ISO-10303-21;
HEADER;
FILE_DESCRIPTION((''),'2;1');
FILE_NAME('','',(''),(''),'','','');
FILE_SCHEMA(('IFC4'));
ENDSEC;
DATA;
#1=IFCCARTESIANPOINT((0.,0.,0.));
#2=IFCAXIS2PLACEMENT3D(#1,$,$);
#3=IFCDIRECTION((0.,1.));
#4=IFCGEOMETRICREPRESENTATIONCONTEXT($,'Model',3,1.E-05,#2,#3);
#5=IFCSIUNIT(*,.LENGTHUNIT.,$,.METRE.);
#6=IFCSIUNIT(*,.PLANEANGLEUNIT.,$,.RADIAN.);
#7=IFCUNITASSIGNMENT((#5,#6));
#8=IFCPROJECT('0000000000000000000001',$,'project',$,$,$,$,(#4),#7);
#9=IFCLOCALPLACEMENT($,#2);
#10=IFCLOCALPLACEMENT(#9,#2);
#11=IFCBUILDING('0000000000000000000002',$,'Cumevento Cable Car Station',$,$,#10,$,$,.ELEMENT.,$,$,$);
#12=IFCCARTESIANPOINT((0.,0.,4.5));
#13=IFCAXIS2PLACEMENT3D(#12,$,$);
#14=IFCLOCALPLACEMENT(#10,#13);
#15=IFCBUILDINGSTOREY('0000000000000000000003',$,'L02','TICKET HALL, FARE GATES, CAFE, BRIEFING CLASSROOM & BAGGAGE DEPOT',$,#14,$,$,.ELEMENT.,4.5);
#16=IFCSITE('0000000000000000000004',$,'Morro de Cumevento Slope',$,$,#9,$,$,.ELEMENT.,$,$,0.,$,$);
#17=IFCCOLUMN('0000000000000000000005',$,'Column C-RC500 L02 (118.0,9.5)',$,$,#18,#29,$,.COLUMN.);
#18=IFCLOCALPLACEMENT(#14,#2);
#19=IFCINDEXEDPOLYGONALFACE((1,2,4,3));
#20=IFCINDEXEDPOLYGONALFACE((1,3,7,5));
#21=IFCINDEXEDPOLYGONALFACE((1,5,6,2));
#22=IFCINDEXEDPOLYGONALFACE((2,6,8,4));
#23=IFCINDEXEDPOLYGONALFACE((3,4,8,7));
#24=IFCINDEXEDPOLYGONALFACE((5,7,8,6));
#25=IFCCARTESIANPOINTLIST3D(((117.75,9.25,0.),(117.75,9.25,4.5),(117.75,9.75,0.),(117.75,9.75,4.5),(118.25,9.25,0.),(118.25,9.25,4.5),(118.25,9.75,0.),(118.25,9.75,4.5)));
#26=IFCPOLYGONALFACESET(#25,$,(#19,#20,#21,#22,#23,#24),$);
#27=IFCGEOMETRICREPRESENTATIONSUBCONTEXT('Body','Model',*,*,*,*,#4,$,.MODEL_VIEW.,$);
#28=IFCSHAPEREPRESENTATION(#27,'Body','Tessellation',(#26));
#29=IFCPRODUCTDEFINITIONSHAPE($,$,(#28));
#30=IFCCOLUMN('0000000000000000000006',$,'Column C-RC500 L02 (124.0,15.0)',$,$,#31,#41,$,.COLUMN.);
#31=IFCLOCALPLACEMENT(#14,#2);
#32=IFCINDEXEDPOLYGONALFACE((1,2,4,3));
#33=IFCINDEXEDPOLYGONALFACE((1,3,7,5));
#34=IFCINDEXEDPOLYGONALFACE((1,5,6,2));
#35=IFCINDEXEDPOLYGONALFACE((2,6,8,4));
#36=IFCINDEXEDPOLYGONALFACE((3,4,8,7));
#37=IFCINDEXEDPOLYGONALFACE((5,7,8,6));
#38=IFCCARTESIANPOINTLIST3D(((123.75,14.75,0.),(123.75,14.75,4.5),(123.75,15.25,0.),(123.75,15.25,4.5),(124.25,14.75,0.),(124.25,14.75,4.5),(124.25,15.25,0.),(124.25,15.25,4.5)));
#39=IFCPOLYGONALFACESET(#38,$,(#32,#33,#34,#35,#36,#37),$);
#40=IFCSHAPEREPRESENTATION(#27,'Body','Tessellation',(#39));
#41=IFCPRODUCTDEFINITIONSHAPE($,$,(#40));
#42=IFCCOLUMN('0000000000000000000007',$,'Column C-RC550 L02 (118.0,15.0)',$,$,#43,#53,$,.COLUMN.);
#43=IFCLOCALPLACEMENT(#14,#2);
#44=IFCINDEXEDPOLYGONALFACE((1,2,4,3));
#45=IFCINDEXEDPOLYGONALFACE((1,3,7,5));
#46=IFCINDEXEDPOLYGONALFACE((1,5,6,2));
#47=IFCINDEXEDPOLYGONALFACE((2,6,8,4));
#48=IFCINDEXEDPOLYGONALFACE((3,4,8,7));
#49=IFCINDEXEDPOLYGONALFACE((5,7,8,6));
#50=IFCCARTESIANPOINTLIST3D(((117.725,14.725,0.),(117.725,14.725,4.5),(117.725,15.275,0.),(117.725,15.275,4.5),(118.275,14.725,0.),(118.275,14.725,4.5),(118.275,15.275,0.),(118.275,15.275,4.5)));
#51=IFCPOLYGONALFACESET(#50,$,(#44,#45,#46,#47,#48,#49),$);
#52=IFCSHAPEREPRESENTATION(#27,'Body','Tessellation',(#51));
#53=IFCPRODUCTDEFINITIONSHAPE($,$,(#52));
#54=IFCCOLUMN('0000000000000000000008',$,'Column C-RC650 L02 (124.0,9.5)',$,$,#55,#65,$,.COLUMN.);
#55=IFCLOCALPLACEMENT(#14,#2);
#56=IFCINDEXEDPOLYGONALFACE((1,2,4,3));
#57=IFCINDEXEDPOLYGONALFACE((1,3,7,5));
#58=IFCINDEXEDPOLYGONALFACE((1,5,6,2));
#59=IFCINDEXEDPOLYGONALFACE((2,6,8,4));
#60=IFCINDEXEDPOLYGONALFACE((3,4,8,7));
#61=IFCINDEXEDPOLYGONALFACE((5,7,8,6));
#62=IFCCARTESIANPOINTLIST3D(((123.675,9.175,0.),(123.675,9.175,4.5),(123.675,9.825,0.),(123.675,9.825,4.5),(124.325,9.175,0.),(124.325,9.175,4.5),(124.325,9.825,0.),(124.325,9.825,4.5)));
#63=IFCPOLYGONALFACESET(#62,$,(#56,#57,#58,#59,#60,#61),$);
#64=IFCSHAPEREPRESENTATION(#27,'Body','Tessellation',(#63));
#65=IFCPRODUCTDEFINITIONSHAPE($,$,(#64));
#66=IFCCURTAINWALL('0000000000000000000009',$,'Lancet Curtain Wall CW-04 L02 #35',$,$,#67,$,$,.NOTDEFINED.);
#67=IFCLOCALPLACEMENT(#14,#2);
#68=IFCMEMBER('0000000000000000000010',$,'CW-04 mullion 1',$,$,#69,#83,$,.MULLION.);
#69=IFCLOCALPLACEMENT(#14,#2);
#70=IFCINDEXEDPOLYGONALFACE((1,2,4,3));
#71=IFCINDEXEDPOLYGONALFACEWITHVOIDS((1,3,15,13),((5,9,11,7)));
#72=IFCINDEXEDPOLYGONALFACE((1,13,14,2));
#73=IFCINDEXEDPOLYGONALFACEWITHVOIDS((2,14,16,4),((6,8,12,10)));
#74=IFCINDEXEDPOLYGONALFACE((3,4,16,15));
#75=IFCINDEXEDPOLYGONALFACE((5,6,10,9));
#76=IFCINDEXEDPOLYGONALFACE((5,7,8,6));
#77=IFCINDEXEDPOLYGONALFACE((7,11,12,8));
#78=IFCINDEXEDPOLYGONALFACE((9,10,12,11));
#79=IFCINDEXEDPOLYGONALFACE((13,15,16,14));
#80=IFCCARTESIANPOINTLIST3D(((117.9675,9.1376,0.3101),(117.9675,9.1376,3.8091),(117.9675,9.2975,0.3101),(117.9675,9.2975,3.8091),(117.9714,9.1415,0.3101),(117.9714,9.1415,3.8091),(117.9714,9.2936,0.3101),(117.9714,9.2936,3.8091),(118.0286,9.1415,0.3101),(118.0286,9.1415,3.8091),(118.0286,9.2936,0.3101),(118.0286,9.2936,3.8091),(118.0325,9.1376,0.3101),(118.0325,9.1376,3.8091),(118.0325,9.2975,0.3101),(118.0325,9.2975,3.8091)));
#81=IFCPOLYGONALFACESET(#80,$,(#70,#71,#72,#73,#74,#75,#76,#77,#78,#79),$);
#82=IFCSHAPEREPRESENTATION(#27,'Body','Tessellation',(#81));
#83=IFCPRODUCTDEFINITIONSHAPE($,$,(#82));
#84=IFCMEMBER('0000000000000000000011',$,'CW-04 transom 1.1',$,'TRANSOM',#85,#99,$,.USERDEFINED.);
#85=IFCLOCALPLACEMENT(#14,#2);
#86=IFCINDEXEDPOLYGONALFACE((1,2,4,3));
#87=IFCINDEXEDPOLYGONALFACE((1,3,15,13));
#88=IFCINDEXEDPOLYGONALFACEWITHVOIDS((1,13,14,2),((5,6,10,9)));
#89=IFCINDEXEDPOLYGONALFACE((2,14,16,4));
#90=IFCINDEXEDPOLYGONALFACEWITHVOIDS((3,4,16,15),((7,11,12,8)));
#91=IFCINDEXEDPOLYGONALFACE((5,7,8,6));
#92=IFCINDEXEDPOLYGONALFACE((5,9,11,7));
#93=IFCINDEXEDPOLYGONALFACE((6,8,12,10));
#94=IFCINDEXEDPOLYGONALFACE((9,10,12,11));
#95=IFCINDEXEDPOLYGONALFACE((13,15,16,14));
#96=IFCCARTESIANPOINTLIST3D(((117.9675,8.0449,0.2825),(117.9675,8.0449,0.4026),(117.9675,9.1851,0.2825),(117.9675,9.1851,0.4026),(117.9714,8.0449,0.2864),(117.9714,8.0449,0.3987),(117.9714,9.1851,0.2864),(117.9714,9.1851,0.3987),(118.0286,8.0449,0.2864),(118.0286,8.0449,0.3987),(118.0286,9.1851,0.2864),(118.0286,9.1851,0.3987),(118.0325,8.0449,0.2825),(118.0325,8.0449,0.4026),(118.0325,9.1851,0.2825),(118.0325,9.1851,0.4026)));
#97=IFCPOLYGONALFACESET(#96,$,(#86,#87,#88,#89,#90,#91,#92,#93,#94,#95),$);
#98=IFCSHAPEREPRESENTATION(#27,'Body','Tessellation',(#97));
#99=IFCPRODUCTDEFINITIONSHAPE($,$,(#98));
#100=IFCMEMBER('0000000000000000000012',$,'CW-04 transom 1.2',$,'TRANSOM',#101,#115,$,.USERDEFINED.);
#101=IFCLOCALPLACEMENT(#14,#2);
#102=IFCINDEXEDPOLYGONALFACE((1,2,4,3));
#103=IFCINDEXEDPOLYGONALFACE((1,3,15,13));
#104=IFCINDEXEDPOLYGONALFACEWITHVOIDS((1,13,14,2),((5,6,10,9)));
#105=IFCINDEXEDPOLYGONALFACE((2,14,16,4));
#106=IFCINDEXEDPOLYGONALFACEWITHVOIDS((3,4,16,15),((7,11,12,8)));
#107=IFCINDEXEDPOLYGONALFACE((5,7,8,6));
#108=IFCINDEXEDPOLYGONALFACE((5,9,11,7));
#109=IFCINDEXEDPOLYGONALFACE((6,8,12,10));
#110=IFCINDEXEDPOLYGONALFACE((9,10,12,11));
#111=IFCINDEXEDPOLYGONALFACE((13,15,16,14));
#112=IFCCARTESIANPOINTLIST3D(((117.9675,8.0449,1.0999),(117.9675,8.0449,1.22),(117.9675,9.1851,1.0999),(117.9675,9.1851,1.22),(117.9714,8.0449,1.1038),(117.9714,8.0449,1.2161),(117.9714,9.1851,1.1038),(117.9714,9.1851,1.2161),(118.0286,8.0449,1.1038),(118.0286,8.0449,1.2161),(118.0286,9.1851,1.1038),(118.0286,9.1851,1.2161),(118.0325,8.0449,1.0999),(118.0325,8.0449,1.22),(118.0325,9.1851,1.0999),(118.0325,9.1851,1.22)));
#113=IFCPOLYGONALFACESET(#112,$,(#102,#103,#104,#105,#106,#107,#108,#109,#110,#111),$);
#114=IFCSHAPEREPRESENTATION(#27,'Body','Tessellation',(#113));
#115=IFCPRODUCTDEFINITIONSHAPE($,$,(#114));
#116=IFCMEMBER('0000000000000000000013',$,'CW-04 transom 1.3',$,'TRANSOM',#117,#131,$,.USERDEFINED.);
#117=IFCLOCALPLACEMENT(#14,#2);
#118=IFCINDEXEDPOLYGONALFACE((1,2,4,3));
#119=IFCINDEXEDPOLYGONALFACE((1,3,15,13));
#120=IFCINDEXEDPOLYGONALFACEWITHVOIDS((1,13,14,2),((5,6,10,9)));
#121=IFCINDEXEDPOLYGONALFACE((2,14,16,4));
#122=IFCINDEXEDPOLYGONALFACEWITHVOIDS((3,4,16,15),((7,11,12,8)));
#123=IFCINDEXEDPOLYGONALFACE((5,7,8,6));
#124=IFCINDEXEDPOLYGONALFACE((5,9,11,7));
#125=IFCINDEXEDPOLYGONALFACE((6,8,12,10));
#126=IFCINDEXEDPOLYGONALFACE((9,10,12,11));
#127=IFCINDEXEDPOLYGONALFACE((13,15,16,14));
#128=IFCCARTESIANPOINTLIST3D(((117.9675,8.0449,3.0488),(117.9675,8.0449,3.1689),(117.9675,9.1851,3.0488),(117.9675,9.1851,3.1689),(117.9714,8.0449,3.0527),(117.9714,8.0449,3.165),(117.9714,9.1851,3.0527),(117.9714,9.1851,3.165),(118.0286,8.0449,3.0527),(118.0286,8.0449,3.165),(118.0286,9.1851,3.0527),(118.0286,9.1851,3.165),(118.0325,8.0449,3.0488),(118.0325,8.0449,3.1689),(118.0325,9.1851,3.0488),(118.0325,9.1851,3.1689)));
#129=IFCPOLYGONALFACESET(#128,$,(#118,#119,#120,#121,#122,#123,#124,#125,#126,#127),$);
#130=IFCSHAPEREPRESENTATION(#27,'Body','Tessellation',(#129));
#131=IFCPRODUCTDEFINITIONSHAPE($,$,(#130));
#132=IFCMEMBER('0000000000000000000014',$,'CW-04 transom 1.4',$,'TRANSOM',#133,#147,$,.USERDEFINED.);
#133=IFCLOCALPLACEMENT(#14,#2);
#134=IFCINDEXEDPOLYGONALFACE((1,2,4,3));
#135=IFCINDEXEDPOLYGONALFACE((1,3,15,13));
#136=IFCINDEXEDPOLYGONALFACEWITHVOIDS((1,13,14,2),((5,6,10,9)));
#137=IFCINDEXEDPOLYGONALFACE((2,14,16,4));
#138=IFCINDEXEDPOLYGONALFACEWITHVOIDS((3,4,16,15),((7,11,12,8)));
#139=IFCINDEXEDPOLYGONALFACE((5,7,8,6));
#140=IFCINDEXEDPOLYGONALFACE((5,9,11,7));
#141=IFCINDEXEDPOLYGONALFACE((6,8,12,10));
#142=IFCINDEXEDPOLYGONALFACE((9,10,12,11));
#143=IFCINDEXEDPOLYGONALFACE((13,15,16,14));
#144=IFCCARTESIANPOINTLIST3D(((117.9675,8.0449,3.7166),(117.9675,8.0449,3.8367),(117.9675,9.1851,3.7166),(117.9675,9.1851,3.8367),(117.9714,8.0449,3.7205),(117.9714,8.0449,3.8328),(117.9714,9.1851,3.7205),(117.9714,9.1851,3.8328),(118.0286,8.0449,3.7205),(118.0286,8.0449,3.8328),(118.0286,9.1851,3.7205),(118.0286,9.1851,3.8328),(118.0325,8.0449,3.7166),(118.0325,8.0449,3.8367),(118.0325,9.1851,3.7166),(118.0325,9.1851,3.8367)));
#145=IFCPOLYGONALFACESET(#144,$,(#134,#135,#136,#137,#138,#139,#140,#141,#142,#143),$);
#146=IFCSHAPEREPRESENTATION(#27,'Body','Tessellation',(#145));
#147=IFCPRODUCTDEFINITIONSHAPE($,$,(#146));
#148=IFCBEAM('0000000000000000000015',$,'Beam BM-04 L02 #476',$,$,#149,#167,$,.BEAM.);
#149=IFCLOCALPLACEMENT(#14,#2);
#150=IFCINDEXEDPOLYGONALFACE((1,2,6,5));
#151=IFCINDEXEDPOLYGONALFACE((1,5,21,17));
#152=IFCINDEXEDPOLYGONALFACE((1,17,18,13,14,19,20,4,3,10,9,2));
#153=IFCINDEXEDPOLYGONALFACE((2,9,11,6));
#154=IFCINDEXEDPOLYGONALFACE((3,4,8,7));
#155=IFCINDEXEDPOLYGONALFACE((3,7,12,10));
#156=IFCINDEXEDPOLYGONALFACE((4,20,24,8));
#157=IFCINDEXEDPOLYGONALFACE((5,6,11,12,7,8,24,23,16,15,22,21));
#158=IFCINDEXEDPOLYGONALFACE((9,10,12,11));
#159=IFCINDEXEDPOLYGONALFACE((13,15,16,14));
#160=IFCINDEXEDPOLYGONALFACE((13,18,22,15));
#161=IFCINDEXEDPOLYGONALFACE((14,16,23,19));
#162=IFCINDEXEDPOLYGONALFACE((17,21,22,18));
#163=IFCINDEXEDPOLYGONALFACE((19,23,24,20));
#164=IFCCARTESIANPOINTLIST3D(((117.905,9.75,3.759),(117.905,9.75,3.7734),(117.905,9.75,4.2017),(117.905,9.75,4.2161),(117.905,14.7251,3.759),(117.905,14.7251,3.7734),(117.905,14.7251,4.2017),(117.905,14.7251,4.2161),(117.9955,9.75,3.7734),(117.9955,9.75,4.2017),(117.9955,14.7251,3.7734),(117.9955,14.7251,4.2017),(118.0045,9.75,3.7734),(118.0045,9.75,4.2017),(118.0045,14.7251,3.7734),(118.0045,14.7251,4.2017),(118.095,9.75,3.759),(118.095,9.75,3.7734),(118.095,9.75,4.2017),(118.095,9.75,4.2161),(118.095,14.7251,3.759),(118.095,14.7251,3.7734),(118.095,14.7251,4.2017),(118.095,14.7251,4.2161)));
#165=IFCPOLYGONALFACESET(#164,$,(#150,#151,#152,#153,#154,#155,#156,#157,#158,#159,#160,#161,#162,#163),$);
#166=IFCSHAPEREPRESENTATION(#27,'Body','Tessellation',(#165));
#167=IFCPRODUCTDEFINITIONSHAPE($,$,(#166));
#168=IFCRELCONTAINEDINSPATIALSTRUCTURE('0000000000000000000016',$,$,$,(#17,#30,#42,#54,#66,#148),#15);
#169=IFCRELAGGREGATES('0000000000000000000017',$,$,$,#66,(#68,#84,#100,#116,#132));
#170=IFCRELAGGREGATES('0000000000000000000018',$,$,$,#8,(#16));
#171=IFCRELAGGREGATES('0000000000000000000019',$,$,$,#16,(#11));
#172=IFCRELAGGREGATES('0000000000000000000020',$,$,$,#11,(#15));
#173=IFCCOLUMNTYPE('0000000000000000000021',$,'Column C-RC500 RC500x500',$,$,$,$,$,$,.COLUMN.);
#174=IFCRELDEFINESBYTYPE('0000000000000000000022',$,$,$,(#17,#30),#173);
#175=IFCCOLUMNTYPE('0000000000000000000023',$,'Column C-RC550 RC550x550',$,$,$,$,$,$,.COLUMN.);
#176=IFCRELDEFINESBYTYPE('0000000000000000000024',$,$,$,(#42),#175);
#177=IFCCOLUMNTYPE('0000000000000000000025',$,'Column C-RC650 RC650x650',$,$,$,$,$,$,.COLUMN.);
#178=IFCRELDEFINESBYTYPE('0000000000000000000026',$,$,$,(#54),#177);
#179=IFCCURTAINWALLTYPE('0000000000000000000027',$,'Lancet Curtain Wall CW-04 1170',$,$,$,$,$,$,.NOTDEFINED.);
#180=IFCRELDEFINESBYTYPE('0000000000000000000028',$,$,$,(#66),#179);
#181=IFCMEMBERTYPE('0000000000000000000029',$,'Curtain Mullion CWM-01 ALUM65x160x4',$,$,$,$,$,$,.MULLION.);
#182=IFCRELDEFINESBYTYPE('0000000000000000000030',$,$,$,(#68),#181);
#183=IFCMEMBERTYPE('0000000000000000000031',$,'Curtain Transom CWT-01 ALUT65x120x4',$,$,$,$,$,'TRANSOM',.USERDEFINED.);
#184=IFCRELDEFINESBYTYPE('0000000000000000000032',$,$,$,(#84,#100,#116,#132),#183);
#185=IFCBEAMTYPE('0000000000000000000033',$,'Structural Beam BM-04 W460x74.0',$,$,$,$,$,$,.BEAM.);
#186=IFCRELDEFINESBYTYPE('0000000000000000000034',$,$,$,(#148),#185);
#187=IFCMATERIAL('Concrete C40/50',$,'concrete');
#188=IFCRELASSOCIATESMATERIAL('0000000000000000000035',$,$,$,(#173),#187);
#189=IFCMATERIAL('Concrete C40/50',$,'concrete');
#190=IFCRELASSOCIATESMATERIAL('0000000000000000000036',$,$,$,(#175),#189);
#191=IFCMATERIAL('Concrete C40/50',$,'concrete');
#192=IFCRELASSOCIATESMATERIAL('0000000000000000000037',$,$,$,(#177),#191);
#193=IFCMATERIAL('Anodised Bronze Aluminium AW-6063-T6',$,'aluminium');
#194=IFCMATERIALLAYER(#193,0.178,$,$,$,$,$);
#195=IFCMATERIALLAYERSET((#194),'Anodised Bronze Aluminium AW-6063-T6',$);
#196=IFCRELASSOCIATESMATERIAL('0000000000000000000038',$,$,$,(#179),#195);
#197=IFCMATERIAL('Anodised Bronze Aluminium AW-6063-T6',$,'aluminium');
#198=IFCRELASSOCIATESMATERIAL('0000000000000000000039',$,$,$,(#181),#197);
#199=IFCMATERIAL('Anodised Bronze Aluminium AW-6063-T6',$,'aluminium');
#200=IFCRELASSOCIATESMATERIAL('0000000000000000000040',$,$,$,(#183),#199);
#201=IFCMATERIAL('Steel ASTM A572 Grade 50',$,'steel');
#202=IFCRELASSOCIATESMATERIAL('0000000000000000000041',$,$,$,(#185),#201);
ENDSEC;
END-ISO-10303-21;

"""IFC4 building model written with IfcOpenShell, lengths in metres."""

from ifc_helpers import new_model, si_unit, direction, frame, origin, origin_2d, place, context, subcontext, project, spatial, rectangle, hollow_rectangle, i_section, extrude, material, layer, layer_set, material_profile, profile_set, type_object, element, aggregate, save


model = new_model("IFC4")

# Units and contexts
model_context = context("Model", 3, precision=1e-05, world=origin(), true_north=direction((0.0, 1.0)))
body_context = subcontext(model_context, "Body", "Model", "MODEL_VIEW")
ifc_project = project(units=[si_unit("LENGTHUNIT", "METRE"), si_unit("PLANEANGLEUNIT", "RADIAN")], contexts=[model_context])

# Site, building, storey
site_placement = place(None, origin())
site = spatial("IfcSite", under=ifc_project, at=site_placement, Name="Morro de Cumevento Slope", CompositionType="ELEMENT", RefElevation=0.0)
building_placement = place(site_placement, origin())
building = spatial("IfcBuilding", under=site, at=building_placement, Name="Cumevento Cable Car Station", CompositionType="ELEMENT")
storey_placement = place(building_placement, frame((0.0, 0.0, 4.5)))
storey = spatial("IfcBuildingStorey", under=building, at=storey_placement, Name="L02", Description="TICKET HALL, FARE GATES, CAFE, BRIEFING CLASSROOM & BAGGAGE DEPOT", CompositionType="ELEMENT", Elevation=4.5)

# Columns
ifc_material_1 = material(Name="Concrete C40/50", Category="concrete")
ifc_material_profile_1 = material_profile(ifc_material_1, rectangle(XDim=0.5, YDim=0.5, at=origin_2d()), Name="RC500x500")
ifc_profile_set_1 = profile_set([ifc_material_profile_1], Name="Concrete C40/50")
column_type_1 = type_object("IfcColumnType", Name="Column C-RC500 RC500x500", PredefinedType="COLUMN", material=ifc_profile_set_1)
for number, where, z_axis, x_axis, name in (
    (1, (118.0, 9.5, 0.0), (0.0, 0.0, 1.0), (1.0, 0.0, 0.0), "Column C-RC500 L02 (118.0,9.5)"),
    (2, (124.0, 15.0, 0.0), (0.0, 0.0, 1.0), (1.0, 0.0, 0.0), "Column C-RC500 L02 (124.0,15.0)"),
):
    element("IfcColumn", number, at=place(storey_placement, frame(where, z_axis=z_axis, x_axis=x_axis)), inside=storey, type_object=column_type_1, Name=name, PredefinedType="COLUMN", context=body_context, shape_type="SweptSolid", body=[
        extrude(rectangle(XDim=0.5, YDim=0.5, at=origin_2d()), origin(), (0.0, 0.0, 1.0), 4.5),
    ])
ifc_material_2 = material(Name="Concrete C40/50", Category="concrete")
ifc_material_profile_2 = material_profile(ifc_material_2, rectangle(XDim=0.55, YDim=0.55, at=origin_2d()), Name="RC550x550")
ifc_profile_set_2 = profile_set([ifc_material_profile_2], Name="Concrete C40/50")
column_type_2 = type_object("IfcColumnType", Name="Column C-RC550 RC550x550", PredefinedType="COLUMN", material=ifc_profile_set_2)
column_1_placement = place(storey_placement, frame((118.0, 15.0, 0.0), z_axis=(0.0, 0.0, 1.0), x_axis=(1.0, 0.0, 0.0)))
element("IfcColumn", 3, at=column_1_placement, inside=storey, type_object=column_type_2, Name="Column C-RC550 L02 (118.0,15.0)", PredefinedType="COLUMN", context=body_context, shape_type="SweptSolid", body=[
    extrude(rectangle(XDim=0.55, YDim=0.55, at=origin_2d()), origin(), (0.0, 0.0, 1.0), 4.5),
])
ifc_material_3 = material(Name="Concrete C40/50", Category="concrete")
ifc_material_profile_3 = material_profile(ifc_material_3, rectangle(XDim=0.6499, YDim=0.6499, at=origin_2d()), Name="RC650x650")
ifc_profile_set_3 = profile_set([ifc_material_profile_3], Name="Concrete C40/50")
column_type_3 = type_object("IfcColumnType", Name="Column C-RC650 RC650x650", PredefinedType="COLUMN", material=ifc_profile_set_3)
column_2_placement = place(storey_placement, frame((124.0, 9.5, 0.0), z_axis=(0.0, 0.0, 1.0), x_axis=(1.0, 0.0, 0.0)))
element("IfcColumn", 4, at=column_2_placement, inside=storey, type_object=column_type_3, Name="Column C-RC650 L02 (124.0,9.5)", PredefinedType="COLUMN", context=body_context, shape_type="SweptSolid", body=[
    extrude(rectangle(XDim=0.6499, YDim=0.6499, at=origin_2d()), origin(), (0.0, 0.0, 1.0), 4.5),
])

# Curtain wall, members
ifc_material_4 = material(Name="Anodised Bronze Aluminium AW-6063-T6", Category="aluminium")
ifc_layer_1 = layer(ifc_material_4, 0.178)
ifc_layer_set_1 = layer_set([ifc_layer_1], Name="Anodised Bronze Aluminium AW-6063-T6")
curtain_wall_type = type_object("IfcCurtainWallType", Name="Lancet Curtain Wall CW-04 1170", PredefinedType="NOTDEFINED", material=ifc_layer_set_1)
curtain_wall_placement = place(storey_placement, origin())
curtain_wall = element("IfcCurtainWall", 5, at=curtain_wall_placement, inside=storey, type_object=curtain_wall_type, Name="Lancet Curtain Wall CW-04 L02 #35", PredefinedType="NOTDEFINED")
ifc_material_5 = material(Name="Anodised Bronze Aluminium AW-6063-T6", Category="aluminium")
ifc_material_profile_4 = material_profile(ifc_material_5, hollow_rectangle(XDim=0.0649, YDim=0.1599, WallThickness=0.0039, at=origin_2d()), Name="ALUM65x160x4")
ifc_profile_set_4 = profile_set([ifc_material_profile_4], Name="Anodised Bronze Aluminium AW-6063-T6")
member_type_1 = type_object("IfcMemberType", Name="Curtain Mullion CWM-01 ALUM65x160x4", PredefinedType="MULLION", material=ifc_profile_set_4)
member_1_placement = place(storey_placement, frame((118.0, 9.2175, 0.3101), z_axis=(0.0, 0.0, 1.0), x_axis=(1.0, 0.0, 0.0)))
member_1 = element("IfcMember", 6, at=member_1_placement, type_object=member_type_1, Name="CW-04 mullion 1", PredefinedType="MULLION", context=body_context, shape_type="SweptSolid", body=[
    extrude(hollow_rectangle(XDim=0.0649, YDim=0.1599, WallThickness=0.0039, at=origin_2d()), origin(), (0.0, 0.0, 1.0), 3.499),
])
ifc_material_6 = material(Name="Anodised Bronze Aluminium AW-6063-T6", Category="aluminium")
ifc_material_profile_5 = material_profile(ifc_material_6, hollow_rectangle(XDim=0.0649, YDim=0.1201, WallThickness=0.0039, at=origin_2d()), Name="ALUT65x120x4")
ifc_profile_set_5 = profile_set([ifc_material_profile_5], Name="Anodised Bronze Aluminium AW-6063-T6")
member_type_2 = type_object("IfcMemberType", Name="Curtain Transom CWT-01 ALUT65x120x4", ElementType="TRANSOM", PredefinedType="USERDEFINED", material=ifc_profile_set_5)
member_2_placement = place(storey_placement, frame((118.0, 9.1851, 0.3425), z_axis=(0.0, -1.0, 0.0), x_axis=(1.0, 0.0, 0.0)))
member_2 = element("IfcMember", 7, at=member_2_placement, type_object=member_type_2, Name="CW-04 transom 1.1", ObjectType="TRANSOM", PredefinedType="USERDEFINED", context=body_context, shape_type="SweptSolid", body=[
    extrude(hollow_rectangle(XDim=0.0649, YDim=0.1201, WallThickness=0.0039, at=origin_2d()), origin(), (0.0, 0.0, 1.0), 1.1401),
])
member_3_placement = place(storey_placement, frame((118.0, 9.1851, 1.1599), z_axis=(0.0, -1.0, 0.0), x_axis=(1.0, 0.0, 0.0)))
member_3 = element("IfcMember", 8, at=member_3_placement, type_object=member_type_2, Name="CW-04 transom 1.2", ObjectType="TRANSOM", PredefinedType="USERDEFINED", context=body_context, shape_type="SweptSolid", body=[
    extrude(hollow_rectangle(XDim=0.0649, YDim=0.1201, WallThickness=0.0039, at=origin_2d()), origin(), (0.0, 0.0, 1.0), 1.1401),
])
member_4_placement = place(storey_placement, frame((118.0, 9.1851, 3.1089), z_axis=(0.0, -1.0, 0.0), x_axis=(1.0, 0.0, 0.0)))
member_4 = element("IfcMember", 9, at=member_4_placement, type_object=member_type_2, Name="CW-04 transom 1.3", ObjectType="TRANSOM", PredefinedType="USERDEFINED", context=body_context, shape_type="SweptSolid", body=[
    extrude(hollow_rectangle(XDim=0.0649, YDim=0.1201, WallThickness=0.0039, at=origin_2d()), origin(), (0.0, 0.0, 1.0), 1.1401),
])
member_5_placement = place(storey_placement, frame((118.0, 9.1851, 3.7766), z_axis=(0.0, -1.0, 0.0), x_axis=(1.0, 0.0, 0.0)))
member_5 = element("IfcMember", 10, at=member_5_placement, type_object=member_type_2, Name="CW-04 transom 1.4", ObjectType="TRANSOM", PredefinedType="USERDEFINED", context=body_context, shape_type="SweptSolid", body=[
    extrude(hollow_rectangle(XDim=0.0649, YDim=0.1201, WallThickness=0.0039, at=origin_2d()), origin(), (0.0, 0.0, 1.0), 1.1401),
])
aggregate(curtain_wall, [member_1, member_2, member_3, member_4, member_5])

# Beam
ifc_material_7 = material(Name="Steel ASTM A572 Grade 50", Category="steel")
ifc_material_profile_6 = material_profile(ifc_material_7, i_section(OverallWidth=0.1899, OverallDepth=0.457, WebThickness=0.009, FlangeThickness=0.0144, at=origin_2d()), Name="W460x74.0")
ifc_profile_set_6 = profile_set([ifc_material_profile_6], Name="Steel ASTM A572 Grade 50")
beam_type_1 = type_object("IfcBeamType", Name="Structural Beam BM-04 W460x74.0", PredefinedType="BEAM", material=ifc_profile_set_6)
beam_1_placement = place(storey_placement, frame((118.0, 9.75, 3.9875), z_axis=(0.0, 1.0, 0.0), x_axis=(-1.0, 0.0, 0.0)))
element("IfcBeam", 11, at=beam_1_placement, inside=storey, type_object=beam_type_1, Name="Beam BM-04 L02 #476", PredefinedType="BEAM", context=body_context, shape_type="SweptSolid", body=[
    extrude(i_section(OverallWidth=0.1899, OverallDepth=0.457, WebThickness=0.009, FlangeThickness=0.0144, at=origin_2d()), origin(), (0.0, 0.0, 1.0), 4.9751),
])

save(model, "model.ifc")
